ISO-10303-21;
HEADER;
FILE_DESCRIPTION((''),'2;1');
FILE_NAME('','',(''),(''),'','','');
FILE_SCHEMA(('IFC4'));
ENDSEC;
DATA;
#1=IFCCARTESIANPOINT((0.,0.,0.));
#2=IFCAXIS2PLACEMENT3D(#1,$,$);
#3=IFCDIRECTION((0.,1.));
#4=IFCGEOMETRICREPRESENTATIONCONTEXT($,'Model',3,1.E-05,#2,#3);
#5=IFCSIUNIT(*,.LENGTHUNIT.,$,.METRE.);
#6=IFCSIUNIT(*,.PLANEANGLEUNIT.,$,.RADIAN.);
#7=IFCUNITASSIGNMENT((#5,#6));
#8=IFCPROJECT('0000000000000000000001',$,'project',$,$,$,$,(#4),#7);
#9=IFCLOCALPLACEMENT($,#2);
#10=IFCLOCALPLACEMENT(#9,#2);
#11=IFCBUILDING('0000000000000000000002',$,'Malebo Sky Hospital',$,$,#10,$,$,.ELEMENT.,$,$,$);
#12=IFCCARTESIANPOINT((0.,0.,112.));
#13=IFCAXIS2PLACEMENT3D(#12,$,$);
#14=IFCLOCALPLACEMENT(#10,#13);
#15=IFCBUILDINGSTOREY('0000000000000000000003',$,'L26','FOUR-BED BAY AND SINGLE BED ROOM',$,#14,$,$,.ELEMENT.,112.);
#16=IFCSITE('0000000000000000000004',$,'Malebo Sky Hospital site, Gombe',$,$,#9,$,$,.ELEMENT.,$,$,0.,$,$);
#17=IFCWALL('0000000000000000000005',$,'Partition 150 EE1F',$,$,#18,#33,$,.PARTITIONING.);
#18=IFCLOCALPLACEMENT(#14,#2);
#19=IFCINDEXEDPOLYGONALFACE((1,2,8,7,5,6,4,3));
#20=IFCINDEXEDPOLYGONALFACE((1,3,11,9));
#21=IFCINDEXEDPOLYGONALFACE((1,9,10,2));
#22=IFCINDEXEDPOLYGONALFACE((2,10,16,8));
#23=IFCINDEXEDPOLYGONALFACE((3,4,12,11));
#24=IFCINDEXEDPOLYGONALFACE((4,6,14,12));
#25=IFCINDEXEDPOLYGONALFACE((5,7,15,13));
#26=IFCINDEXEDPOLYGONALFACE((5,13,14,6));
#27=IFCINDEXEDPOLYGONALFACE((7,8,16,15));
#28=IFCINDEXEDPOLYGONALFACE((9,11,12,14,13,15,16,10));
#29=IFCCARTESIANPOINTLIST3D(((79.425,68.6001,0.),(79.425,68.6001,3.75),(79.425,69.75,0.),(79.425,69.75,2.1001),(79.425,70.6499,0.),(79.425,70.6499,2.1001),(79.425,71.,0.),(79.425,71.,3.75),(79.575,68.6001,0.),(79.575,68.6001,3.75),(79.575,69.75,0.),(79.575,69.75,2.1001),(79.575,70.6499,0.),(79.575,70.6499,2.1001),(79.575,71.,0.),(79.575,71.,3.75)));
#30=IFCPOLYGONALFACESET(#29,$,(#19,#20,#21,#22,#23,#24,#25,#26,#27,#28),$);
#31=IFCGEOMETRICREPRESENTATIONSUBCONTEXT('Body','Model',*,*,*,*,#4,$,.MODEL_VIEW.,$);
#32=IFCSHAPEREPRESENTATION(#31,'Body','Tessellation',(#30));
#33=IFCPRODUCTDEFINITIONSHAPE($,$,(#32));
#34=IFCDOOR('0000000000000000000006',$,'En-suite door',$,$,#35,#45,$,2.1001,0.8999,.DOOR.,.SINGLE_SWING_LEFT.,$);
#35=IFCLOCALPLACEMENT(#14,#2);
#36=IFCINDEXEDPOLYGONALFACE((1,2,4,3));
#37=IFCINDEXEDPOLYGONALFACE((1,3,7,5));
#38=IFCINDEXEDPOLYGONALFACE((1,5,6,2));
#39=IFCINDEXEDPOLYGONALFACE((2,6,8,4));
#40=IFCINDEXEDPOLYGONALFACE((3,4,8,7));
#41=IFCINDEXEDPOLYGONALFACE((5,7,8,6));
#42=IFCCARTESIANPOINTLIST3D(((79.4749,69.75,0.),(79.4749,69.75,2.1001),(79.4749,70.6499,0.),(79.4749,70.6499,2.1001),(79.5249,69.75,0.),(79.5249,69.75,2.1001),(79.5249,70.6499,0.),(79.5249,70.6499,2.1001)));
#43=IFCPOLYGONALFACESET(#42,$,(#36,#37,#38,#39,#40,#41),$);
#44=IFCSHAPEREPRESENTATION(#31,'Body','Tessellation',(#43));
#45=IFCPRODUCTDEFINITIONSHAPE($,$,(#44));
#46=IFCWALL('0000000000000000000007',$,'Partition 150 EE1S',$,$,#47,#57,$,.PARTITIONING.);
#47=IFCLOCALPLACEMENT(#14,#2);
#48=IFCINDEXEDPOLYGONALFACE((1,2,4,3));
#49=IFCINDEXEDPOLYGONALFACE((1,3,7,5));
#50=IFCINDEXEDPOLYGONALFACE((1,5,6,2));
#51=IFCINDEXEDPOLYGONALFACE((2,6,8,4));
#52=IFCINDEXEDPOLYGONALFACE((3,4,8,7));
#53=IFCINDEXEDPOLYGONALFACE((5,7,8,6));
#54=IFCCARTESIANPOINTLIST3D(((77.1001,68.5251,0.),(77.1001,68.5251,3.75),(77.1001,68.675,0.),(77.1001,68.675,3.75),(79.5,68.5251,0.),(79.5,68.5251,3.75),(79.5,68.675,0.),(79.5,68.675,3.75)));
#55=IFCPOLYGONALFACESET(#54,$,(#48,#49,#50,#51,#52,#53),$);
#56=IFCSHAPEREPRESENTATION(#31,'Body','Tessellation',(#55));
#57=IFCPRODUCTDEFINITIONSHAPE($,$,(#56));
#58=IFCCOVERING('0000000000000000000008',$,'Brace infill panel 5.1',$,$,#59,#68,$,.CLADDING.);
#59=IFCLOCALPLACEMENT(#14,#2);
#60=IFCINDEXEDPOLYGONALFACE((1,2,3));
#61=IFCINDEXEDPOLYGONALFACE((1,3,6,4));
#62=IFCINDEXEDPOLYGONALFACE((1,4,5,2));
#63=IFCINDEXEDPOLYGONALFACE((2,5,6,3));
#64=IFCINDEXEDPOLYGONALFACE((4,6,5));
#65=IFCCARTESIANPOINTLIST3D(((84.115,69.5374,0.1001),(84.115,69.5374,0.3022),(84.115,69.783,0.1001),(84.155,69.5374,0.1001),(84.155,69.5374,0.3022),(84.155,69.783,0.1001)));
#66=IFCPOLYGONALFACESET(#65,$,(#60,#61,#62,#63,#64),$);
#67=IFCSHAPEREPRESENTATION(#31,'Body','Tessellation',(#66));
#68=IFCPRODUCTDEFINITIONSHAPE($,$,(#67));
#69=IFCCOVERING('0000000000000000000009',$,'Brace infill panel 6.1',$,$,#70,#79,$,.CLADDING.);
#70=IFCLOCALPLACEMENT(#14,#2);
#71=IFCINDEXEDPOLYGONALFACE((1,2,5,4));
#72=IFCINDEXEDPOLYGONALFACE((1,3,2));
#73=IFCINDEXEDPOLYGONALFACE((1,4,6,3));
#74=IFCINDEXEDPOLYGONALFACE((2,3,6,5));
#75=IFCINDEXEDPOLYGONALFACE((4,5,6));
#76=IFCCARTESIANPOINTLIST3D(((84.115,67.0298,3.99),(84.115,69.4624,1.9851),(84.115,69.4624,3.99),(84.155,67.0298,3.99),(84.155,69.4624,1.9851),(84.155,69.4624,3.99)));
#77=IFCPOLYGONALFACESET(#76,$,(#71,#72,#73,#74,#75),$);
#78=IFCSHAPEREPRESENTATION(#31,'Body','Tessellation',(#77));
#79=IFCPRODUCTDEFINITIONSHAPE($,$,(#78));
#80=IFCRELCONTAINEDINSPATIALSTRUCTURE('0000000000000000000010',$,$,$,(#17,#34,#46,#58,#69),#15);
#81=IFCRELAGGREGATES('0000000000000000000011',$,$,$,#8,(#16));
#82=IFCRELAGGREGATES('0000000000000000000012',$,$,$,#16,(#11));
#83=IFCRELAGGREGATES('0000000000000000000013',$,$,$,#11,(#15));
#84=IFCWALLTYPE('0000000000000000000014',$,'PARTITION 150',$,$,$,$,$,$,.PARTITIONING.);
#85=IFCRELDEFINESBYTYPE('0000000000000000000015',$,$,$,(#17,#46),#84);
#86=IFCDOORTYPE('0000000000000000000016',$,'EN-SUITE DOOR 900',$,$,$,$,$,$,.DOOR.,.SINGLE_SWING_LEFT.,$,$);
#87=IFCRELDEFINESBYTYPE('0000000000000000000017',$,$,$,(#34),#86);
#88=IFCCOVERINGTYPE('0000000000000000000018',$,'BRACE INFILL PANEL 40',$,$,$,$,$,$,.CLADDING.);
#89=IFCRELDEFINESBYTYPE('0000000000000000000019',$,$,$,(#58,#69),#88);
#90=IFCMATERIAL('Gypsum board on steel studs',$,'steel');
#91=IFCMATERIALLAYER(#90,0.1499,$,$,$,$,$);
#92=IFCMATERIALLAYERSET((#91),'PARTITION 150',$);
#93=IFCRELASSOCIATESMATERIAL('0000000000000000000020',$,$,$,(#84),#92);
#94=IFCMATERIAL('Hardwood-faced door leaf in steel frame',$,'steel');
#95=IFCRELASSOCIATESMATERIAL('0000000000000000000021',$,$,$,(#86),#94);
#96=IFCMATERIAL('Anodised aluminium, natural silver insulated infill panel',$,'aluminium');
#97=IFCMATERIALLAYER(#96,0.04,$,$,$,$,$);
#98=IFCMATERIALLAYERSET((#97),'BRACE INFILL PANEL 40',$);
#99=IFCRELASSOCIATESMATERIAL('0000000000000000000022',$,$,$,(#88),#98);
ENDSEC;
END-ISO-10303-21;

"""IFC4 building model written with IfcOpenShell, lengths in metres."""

from ifc_helpers import new_model, si_unit, direction, frame, frame_2d, origin, place, context, subcontext, project, spatial, polyline, rectangle, outline, extrude, material, layer, layer_set, type_object, element, fill, save


model = new_model("IFC4")

# Units and contexts
model_context = context("Model", 3, precision=1e-05, world=origin(), true_north=direction((0.0, 1.0)))
body_context = subcontext(model_context, "Body", "Model", "MODEL_VIEW")
ifc_project = project(units=[si_unit("LENGTHUNIT", "METRE"), si_unit("PLANEANGLEUNIT", "RADIAN")], contexts=[model_context])

# Site, building, storey
site_placement = place(None, origin())
site = spatial("IfcSite", under=ifc_project, at=site_placement, Name="Malebo Sky Hospital site, Gombe", CompositionType="ELEMENT", RefElevation=0.0)
building_placement = place(site_placement, origin())
building = spatial("IfcBuilding", under=site, at=building_placement, Name="Malebo Sky Hospital", CompositionType="ELEMENT")
storey_placement = place(building_placement, frame((0.0, 0.0, 112.0)))
storey = spatial("IfcBuildingStorey", under=building, at=storey_placement, Name="L26", Description="FOUR-BED BAY AND SINGLE BED ROOM", CompositionType="ELEMENT", Elevation=112.0)

# Shared definitions
ifc_material_1 = material(Name="Gypsum board on steel studs", Category="steel")
ifc_layer_1 = layer(ifc_material_1, 0.1499)
ifc_layer_set_1 = layer_set([ifc_layer_1], Name="PARTITION 150")
wall_type = type_object("IfcWallType", Name="PARTITION 150", PredefinedType="PARTITIONING", material=ifc_layer_set_1)

# Wall, opening, door
wall_1_placement = place(storey_placement, frame((79.5, 71.0, 0.0), z_axis=(0.0, 0.0, 1.0), x_axis=(0.0, -1.0, 0.0)))
wall_1 = element("IfcWall", 1, at=wall_1_placement, inside=storey, type_object=wall_type, Name="Partition 150 EE1F", PredefinedType="PARTITIONING", context=body_context, shape_type="SweptSolid", body=[
    extrude(rectangle(XDim=2.3999, YDim=0.1499, at=frame_2d((1.2, 0.0))), origin(), (0.0, 0.0, 1.0), 3.75),
])
opening_placement = place(wall_1_placement, frame((0.3501, 0.0, 0.0)))
opening = element("IfcOpeningElement", 2, at=opening_placement, cuts=wall_1, PredefinedType="OPENING", context=body_context, shape_type="SweptSolid", body=[
    extrude(rectangle(XDim=0.8999, YDim=2.1001, at=frame_2d((0.45, 1.05))), frame((0.0, 0.085, 0.0), z_axis=(0.0, -1.0, 0.0), x_axis=(1.0, 0.0, 0.0)), (0.0, 0.0, 1.0), 0.1699),
])
ifc_material_2 = material(Name="Hardwood-faced door leaf in steel frame", Category="steel")
door_type = type_object("IfcDoorType", Name="EN-SUITE DOOR 900", OperationType="SINGLE_SWING_LEFT", PredefinedType="DOOR", material=ifc_material_2)
door_placement = place(opening_placement, origin())
door = element("IfcDoor", 3, at=door_placement, inside=storey, type_object=door_type, Name="En-suite door", OperationType="SINGLE_SWING_LEFT", OverallHeight=2.1001, OverallWidth=0.8999, PredefinedType="DOOR", context=body_context, shape_type="SweptSolid", body=[
    extrude(rectangle(XDim=0.8999, YDim=2.1001, at=frame_2d((0.45, 1.05))), frame((0.0, 0.0249, 0.0), z_axis=(0.0, -1.0, 0.0), x_axis=(1.0, 0.0, 0.0)), (0.0, 0.0, 1.0), 0.05),
])
fill(opening, door)

# Wall
wall_2_placement = place(storey_placement, frame((77.1001, 68.6001, 0.0), z_axis=(0.0, 0.0, 1.0), x_axis=(1.0, 0.0, 0.0)))
element("IfcWall", 4, at=wall_2_placement, inside=storey, type_object=wall_type, Name="Partition 150 EE1S", PredefinedType="PARTITIONING", context=body_context, shape_type="SweptSolid", body=[
    extrude(rectangle(XDim=2.3999, YDim=0.1499, at=frame_2d((1.2, 0.0))), origin(), (0.0, 0.0, 1.0), 3.75),
])

# Coverings
ifc_material_3 = material(Name="Anodised aluminium, natural silver insulated infill panel", Category="aluminium")
ifc_layer_2 = layer(ifc_material_3, 0.04)
ifc_layer_set_2 = layer_set([ifc_layer_2], Name="BRACE INFILL PANEL 40")
covering_type = type_object("IfcCoveringType", Name="BRACE INFILL PANEL 40", PredefinedType="CLADDING", material=ifc_layer_set_2)
covering_1_placement = place(storey_placement, frame((84.135, 69.6602, 0.1001), z_axis=(0.0, 0.0, 1.0), x_axis=(0.0, -1.0, 0.0)))
element("IfcCovering", 5, at=covering_1_placement, inside=storey, type_object=covering_type, Name="Brace infill panel 5.1", PredefinedType="CLADDING", context=body_context, shape_type="SweptSolid", body=[
    extrude(outline(polyline([(-0.1228, 0.0), (0.1228, 0.0), (0.1228, 0.2021), (-0.1228, 0.0)])), frame((0.0, 0.02, 0.0), z_axis=(0.0, -1.0, 0.0), x_axis=(1.0, 0.0, 0.0)), (0.0, 0.0, 1.0), 0.04),
])
covering_2_placement = place(storey_placement, frame((84.135, 68.2461, 1.9851), z_axis=(0.0, 0.0, 1.0), x_axis=(0.0, -1.0, 0.0)))
element("IfcCovering", 6, at=covering_2_placement, inside=storey, type_object=covering_type, Name="Brace infill panel 6.1", PredefinedType="CLADDING", context=body_context, shape_type="SweptSolid", body=[
    extrude(outline(polyline([(-1.2163, 0.0), (1.2163, 2.0049), (-1.2163, 2.0049), (-1.2163, 0.0)])), frame((0.0, 0.02, 0.0), z_axis=(0.0, -1.0, 0.0), x_axis=(1.0, 0.0, 0.0)), (0.0, 0.0, 1.0), 0.04),
])

save(model, "model.ifc")
